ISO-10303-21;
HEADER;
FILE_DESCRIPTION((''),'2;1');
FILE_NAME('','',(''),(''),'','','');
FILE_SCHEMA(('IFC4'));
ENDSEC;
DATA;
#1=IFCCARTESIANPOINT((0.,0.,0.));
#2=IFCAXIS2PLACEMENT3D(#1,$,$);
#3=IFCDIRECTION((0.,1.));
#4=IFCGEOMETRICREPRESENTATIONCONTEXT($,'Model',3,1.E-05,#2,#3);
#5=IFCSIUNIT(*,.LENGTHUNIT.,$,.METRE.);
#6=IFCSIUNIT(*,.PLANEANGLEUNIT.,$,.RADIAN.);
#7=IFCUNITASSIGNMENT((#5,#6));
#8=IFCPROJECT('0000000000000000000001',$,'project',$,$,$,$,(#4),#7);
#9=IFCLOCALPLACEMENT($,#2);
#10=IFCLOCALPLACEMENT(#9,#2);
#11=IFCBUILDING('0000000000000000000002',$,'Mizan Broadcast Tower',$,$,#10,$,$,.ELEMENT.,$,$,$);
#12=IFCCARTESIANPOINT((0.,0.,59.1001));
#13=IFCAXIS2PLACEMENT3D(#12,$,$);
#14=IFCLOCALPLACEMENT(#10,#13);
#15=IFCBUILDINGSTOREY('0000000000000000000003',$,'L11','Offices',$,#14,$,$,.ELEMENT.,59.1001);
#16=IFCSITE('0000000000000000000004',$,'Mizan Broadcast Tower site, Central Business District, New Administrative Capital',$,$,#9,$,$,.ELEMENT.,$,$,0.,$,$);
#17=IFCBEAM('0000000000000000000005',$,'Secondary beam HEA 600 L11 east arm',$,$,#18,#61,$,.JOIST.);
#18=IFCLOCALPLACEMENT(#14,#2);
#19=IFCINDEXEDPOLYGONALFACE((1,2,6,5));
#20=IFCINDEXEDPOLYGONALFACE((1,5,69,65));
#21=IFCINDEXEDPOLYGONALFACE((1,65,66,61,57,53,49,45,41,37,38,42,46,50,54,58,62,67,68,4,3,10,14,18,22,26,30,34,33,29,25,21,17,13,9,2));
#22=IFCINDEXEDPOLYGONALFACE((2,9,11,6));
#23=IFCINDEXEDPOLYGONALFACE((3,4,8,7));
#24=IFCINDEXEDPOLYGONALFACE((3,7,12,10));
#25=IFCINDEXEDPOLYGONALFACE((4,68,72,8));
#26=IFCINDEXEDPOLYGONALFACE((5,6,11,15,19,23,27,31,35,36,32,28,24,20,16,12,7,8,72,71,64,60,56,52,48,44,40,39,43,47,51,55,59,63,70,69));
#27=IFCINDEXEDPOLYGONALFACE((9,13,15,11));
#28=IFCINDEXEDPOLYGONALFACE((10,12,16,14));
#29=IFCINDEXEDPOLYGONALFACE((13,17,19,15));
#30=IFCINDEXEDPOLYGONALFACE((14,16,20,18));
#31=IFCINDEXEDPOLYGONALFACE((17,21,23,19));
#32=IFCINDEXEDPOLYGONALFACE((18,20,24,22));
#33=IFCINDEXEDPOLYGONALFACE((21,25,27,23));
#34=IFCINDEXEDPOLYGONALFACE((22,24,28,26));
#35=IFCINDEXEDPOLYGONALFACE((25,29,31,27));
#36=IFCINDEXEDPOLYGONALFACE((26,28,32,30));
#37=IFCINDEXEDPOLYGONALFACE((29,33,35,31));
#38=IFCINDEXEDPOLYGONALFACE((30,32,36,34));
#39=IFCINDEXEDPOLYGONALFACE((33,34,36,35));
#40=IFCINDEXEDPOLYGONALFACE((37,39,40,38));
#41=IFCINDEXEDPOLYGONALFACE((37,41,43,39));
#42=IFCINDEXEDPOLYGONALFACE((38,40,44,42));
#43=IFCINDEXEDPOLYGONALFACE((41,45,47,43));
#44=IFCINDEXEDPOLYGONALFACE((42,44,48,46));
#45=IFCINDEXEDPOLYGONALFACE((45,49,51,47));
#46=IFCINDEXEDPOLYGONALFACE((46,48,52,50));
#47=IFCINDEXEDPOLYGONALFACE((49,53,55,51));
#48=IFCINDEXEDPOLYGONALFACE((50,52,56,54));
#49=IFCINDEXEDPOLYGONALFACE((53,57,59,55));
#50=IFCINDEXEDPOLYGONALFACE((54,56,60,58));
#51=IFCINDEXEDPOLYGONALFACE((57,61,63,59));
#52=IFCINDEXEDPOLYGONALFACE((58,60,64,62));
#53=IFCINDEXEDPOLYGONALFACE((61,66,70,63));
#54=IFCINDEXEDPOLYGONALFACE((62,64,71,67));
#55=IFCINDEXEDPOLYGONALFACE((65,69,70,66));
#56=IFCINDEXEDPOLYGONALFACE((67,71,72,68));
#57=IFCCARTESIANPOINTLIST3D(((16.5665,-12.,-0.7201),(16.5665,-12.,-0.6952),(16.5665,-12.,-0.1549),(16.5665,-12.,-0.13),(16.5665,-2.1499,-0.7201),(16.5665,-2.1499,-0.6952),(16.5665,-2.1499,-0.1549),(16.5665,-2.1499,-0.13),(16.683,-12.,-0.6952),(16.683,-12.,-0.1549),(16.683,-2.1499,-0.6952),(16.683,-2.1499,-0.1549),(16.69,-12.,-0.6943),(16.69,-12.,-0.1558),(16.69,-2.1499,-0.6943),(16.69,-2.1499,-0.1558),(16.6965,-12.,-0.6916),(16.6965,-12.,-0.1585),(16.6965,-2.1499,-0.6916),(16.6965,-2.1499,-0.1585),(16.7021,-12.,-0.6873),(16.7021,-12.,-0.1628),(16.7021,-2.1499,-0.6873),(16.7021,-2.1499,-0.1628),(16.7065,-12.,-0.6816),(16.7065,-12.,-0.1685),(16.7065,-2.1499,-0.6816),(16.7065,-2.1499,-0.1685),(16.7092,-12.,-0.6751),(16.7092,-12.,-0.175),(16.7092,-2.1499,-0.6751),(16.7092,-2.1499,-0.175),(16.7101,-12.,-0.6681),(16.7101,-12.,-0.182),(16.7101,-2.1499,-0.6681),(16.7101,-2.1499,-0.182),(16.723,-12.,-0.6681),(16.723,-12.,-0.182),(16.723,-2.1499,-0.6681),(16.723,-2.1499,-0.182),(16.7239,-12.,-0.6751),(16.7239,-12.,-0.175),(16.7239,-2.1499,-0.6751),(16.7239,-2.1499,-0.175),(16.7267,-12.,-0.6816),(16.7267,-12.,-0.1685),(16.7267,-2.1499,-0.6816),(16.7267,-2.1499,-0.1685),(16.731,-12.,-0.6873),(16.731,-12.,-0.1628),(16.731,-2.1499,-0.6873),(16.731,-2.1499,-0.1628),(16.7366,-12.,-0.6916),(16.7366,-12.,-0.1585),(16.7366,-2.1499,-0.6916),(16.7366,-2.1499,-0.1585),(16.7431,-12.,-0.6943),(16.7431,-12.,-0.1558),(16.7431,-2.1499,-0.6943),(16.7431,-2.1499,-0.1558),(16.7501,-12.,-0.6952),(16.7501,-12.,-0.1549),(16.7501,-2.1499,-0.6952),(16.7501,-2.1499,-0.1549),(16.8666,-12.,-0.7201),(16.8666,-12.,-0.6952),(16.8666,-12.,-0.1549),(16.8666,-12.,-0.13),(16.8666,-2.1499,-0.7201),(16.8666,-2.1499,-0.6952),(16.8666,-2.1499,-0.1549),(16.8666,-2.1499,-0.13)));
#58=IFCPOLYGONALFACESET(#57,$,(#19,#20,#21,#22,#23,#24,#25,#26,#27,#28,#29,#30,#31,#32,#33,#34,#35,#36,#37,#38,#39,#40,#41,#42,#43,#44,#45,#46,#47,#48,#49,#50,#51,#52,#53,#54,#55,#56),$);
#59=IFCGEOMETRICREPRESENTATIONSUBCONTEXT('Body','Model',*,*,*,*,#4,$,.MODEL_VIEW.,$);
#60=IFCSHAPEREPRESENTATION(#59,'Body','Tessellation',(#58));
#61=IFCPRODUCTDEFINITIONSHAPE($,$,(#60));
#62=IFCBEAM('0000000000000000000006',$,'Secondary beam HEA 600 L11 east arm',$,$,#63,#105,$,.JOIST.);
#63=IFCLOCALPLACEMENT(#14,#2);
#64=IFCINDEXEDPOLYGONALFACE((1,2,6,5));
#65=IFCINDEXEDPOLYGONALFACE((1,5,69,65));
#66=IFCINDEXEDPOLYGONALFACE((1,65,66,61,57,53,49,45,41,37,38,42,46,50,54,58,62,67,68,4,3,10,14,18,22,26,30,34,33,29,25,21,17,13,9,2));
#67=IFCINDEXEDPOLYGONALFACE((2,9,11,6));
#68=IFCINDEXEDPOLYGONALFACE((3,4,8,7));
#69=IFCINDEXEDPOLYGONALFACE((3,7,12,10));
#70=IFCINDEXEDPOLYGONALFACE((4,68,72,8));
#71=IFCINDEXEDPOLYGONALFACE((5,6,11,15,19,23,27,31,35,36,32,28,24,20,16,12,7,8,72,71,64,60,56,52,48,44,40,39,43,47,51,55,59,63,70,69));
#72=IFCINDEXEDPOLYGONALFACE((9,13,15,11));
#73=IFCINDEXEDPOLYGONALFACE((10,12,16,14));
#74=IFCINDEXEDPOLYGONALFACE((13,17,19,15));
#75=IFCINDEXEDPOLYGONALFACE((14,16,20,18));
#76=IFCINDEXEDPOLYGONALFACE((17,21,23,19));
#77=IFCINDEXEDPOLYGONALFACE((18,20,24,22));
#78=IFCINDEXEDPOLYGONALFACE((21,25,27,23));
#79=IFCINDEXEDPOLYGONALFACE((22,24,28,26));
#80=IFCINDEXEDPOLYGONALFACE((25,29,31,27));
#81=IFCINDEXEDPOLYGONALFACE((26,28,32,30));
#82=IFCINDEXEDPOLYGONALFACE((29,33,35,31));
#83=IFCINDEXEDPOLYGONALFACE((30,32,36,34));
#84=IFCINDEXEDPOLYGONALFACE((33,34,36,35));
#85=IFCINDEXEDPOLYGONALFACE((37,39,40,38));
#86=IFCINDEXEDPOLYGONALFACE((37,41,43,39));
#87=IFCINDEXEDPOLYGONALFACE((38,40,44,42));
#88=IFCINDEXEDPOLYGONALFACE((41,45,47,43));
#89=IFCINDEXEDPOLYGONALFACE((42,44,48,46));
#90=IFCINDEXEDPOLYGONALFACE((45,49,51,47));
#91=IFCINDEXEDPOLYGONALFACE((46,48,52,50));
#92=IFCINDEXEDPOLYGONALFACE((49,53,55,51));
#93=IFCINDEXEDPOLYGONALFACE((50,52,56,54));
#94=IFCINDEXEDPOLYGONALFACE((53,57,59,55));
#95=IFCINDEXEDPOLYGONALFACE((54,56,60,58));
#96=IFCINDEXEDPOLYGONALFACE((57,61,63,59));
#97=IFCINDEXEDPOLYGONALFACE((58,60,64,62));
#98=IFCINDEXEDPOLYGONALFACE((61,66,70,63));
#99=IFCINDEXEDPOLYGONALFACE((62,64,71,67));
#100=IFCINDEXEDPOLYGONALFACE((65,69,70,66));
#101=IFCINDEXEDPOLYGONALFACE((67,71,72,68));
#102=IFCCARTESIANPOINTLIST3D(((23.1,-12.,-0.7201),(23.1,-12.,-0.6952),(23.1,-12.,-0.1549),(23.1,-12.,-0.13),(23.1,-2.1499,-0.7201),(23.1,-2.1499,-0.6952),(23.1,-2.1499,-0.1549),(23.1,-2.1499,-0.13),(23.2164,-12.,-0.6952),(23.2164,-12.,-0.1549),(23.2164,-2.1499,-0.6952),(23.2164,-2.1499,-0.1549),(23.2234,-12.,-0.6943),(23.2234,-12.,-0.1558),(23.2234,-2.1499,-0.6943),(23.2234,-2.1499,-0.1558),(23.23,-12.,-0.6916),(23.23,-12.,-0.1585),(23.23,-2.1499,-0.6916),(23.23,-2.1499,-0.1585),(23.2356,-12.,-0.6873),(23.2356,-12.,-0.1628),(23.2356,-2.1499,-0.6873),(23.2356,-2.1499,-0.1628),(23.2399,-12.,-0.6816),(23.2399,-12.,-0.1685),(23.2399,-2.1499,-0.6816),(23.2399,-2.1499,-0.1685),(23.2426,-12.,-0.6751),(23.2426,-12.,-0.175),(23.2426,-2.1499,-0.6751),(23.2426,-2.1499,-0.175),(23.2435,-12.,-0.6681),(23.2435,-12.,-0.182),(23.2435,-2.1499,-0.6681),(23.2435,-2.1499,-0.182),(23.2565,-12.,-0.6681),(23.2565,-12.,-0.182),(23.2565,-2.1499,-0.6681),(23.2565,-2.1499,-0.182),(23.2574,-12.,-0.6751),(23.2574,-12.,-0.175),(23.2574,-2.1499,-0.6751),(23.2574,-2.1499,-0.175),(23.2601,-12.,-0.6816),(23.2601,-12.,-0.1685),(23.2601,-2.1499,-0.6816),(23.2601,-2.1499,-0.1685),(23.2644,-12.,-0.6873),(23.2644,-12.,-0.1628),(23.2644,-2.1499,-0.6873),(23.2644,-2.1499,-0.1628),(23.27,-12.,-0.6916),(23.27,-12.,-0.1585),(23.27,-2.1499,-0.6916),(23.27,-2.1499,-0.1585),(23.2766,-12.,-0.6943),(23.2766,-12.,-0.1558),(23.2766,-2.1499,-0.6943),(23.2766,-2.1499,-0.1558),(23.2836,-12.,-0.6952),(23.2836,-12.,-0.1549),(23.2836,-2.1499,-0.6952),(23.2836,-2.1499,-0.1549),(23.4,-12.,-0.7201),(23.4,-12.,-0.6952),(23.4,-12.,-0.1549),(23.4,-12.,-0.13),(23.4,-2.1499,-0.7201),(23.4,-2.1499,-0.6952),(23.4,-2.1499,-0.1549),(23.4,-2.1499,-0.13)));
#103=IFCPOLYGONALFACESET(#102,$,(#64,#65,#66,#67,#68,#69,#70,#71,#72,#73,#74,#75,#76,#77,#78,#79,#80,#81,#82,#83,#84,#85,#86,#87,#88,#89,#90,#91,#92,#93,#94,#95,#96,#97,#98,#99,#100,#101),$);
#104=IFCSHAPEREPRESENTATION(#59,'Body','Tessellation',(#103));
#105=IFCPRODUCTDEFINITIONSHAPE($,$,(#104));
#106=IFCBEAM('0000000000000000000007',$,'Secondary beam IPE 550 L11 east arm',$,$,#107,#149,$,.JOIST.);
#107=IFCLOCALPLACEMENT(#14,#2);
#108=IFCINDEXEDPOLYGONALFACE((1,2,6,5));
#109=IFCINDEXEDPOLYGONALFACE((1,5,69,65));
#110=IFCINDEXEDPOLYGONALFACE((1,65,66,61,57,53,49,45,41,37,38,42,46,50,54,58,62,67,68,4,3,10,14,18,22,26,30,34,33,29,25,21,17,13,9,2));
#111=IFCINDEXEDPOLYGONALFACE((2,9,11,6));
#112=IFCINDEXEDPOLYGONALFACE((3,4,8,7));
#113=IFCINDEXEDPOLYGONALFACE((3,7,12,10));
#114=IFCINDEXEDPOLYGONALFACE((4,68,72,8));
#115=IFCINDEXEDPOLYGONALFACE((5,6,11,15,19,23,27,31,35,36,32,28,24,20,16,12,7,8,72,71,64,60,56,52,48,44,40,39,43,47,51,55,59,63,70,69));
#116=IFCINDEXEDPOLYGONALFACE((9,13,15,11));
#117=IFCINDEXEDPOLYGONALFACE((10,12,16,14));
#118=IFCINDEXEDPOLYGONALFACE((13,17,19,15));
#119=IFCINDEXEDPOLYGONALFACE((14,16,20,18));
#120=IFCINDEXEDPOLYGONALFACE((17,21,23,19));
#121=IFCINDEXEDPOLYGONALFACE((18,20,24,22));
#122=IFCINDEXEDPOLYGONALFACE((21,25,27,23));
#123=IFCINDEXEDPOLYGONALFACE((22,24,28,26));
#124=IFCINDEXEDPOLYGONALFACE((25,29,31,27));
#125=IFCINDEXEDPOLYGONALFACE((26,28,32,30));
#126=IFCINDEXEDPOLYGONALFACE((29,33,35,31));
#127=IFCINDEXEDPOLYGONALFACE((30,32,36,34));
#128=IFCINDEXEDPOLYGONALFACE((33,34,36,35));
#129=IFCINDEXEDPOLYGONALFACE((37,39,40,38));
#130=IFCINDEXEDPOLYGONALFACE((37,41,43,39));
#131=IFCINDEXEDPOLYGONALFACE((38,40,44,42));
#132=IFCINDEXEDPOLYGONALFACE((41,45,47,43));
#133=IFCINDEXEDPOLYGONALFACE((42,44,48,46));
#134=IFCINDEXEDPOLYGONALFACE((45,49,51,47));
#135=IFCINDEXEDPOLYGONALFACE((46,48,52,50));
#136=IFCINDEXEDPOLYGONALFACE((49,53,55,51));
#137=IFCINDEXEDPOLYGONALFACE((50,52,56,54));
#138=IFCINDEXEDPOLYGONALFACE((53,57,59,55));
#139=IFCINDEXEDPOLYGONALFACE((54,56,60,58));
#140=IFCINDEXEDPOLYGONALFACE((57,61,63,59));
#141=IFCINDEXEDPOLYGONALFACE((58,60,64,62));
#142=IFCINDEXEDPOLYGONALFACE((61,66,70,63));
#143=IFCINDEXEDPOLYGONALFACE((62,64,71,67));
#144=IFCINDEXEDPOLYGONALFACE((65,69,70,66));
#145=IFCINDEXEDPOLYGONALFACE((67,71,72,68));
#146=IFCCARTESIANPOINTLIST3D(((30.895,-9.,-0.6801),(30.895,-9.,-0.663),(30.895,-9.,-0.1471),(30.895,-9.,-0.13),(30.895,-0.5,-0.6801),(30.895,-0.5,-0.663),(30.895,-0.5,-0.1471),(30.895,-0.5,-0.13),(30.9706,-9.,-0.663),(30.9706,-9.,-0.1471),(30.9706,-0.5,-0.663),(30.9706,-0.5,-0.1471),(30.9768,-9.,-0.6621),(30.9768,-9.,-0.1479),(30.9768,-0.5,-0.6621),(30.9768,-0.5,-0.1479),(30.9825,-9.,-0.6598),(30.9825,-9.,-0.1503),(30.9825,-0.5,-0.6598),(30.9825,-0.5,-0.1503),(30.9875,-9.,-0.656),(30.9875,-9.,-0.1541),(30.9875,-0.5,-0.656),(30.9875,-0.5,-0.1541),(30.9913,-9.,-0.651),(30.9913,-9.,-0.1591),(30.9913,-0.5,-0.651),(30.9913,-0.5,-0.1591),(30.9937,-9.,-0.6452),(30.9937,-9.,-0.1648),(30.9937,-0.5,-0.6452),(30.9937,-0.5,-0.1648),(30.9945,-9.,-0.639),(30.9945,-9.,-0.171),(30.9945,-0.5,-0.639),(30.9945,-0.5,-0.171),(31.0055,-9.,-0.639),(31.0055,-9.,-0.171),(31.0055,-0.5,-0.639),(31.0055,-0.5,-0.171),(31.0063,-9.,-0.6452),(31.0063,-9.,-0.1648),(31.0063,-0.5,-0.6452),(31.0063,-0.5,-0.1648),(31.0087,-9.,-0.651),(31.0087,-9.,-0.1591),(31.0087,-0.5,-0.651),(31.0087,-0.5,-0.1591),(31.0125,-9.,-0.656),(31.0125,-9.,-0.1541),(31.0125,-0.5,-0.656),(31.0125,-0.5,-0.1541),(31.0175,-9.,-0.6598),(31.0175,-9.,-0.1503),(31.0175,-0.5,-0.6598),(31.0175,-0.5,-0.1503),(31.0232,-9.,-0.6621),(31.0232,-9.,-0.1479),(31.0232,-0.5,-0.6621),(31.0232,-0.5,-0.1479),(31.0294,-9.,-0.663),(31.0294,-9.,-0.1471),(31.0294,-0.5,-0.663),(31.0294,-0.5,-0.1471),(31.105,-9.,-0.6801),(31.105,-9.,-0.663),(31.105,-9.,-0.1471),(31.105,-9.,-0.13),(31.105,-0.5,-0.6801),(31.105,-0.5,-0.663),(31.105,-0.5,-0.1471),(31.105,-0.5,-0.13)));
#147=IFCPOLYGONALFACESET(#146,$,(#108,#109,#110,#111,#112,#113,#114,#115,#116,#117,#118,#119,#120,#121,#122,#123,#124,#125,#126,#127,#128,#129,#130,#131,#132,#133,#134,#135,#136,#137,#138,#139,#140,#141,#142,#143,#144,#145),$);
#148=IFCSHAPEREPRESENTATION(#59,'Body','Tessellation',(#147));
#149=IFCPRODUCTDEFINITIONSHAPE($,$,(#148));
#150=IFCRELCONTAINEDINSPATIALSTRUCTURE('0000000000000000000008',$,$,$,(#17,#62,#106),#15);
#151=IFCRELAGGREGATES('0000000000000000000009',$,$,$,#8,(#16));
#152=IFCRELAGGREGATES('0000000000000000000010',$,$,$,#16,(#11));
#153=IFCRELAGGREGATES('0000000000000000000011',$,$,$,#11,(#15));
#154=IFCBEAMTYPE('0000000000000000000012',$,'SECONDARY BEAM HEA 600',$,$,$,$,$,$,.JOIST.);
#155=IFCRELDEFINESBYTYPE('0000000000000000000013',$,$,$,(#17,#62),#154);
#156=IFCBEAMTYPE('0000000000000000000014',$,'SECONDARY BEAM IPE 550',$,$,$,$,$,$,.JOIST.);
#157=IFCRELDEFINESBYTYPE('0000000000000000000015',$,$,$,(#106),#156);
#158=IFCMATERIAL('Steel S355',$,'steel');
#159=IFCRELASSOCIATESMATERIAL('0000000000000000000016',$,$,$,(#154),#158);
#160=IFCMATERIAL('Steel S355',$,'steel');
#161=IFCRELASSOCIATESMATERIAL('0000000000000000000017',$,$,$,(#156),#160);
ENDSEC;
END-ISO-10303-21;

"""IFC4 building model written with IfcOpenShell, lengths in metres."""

from ifc_helpers import new_model, si_unit, direction, frame, origin, origin_2d, place, context, subcontext, project, spatial, i_section, extrude, material, material_profile, profile_set, type_object, element, save


model = new_model("IFC4")

# Units and contexts
model_context = context("Model", 3, precision=1e-05, world=origin(), true_north=direction((0.0, 1.0)))
body_context = subcontext(model_context, "Body", "Model", "MODEL_VIEW")
ifc_project = project(units=[si_unit("LENGTHUNIT", "METRE"), si_unit("PLANEANGLEUNIT", "RADIAN")], contexts=[model_context])

# Site, building, storey
site_placement = place(None, origin())
site = spatial("IfcSite", under=ifc_project, at=site_placement, Name="Mizan Broadcast Tower site, Central Business District, New Administrative Capital", CompositionType="ELEMENT", RefElevation=0.0)
building_placement = place(site_placement, origin())
building = spatial("IfcBuilding", under=site, at=building_placement, Name="Mizan Broadcast Tower", CompositionType="ELEMENT")
storey_placement = place(building_placement, frame((0.0, 0.0, 59.1001)))
storey = spatial("IfcBuildingStorey", under=building, at=storey_placement, Name="L11", Description="Offices", CompositionType="ELEMENT", Elevation=59.1001)

# Beams
ifc_material_1 = material(Name="Steel S355", Category="steel")
ifc_material_profile_1 = material_profile(ifc_material_1, i_section(OverallWidth=0.3, OverallDepth=0.5901, WebThickness=0.0129, FlangeThickness=0.0249, FilletRadius=0.0271, at=origin_2d()), Name="HEA 600")
ifc_profile_set_1 = profile_set([ifc_material_profile_1], Name="Steel S355")
beam_type_1 = type_object("IfcBeamType", Name="SECONDARY BEAM HEA 600", PredefinedType="JOIST", material=ifc_profile_set_1)
for number, where, z_axis, x_axis, name in (
    (1, (16.7166, -12.0, -0.425), (0.0, 1.0, 0.0), (-1.0, 0.0, 0.0), "Secondary beam HEA 600 L11 east arm"),
    (2, (23.25, -12.0, -0.425), (0.0, 1.0, 0.0), (-1.0, 0.0, 0.0), "Secondary beam HEA 600 L11 east arm"),
):
    element("IfcBeam", number, at=place(storey_placement, frame(where, z_axis=z_axis, x_axis=x_axis)), inside=storey, type_object=beam_type_1, Name=name, PredefinedType="JOIST", context=body_context, shape_type="SweptSolid", body=[
        extrude(i_section(OverallWidth=0.3, OverallDepth=0.5901, WebThickness=0.0129, FlangeThickness=0.0249, FilletRadius=0.0271, at=origin_2d()), origin(), (0.0, 0.0, 1.0), 9.8501),
    ])
ifc_material_2 = material(Name="Steel S355", Category="steel")
ifc_material_profile_2 = material_profile(ifc_material_2, i_section(OverallWidth=0.21, OverallDepth=0.55, WebThickness=0.011, FlangeThickness=0.0171, FilletRadius=0.0239, at=origin_2d()), Name="IPE 550")
ifc_profile_set_2 = profile_set([ifc_material_profile_2], Name="Steel S355")
beam_type_2 = type_object("IfcBeamType", Name="SECONDARY BEAM IPE 550", PredefinedType="JOIST", material=ifc_profile_set_2)
beam_1_placement = place(storey_placement, frame((31.0, -9.0, -0.405), z_axis=(0.0, 1.0, 0.0), x_axis=(-1.0, 0.0, 0.0)))
element("IfcBeam", 3, at=beam_1_placement, inside=storey, type_object=beam_type_2, Name="Secondary beam IPE 550 L11 east arm", PredefinedType="JOIST", context=body_context, shape_type="SweptSolid", body=[
    extrude(i_section(OverallWidth=0.21, OverallDepth=0.55, WebThickness=0.011, FlangeThickness=0.0171, FilletRadius=0.0239, at=origin_2d()), origin(), (0.0, 0.0, 1.0), 8.5),
])

save(model, "model.ifc")
